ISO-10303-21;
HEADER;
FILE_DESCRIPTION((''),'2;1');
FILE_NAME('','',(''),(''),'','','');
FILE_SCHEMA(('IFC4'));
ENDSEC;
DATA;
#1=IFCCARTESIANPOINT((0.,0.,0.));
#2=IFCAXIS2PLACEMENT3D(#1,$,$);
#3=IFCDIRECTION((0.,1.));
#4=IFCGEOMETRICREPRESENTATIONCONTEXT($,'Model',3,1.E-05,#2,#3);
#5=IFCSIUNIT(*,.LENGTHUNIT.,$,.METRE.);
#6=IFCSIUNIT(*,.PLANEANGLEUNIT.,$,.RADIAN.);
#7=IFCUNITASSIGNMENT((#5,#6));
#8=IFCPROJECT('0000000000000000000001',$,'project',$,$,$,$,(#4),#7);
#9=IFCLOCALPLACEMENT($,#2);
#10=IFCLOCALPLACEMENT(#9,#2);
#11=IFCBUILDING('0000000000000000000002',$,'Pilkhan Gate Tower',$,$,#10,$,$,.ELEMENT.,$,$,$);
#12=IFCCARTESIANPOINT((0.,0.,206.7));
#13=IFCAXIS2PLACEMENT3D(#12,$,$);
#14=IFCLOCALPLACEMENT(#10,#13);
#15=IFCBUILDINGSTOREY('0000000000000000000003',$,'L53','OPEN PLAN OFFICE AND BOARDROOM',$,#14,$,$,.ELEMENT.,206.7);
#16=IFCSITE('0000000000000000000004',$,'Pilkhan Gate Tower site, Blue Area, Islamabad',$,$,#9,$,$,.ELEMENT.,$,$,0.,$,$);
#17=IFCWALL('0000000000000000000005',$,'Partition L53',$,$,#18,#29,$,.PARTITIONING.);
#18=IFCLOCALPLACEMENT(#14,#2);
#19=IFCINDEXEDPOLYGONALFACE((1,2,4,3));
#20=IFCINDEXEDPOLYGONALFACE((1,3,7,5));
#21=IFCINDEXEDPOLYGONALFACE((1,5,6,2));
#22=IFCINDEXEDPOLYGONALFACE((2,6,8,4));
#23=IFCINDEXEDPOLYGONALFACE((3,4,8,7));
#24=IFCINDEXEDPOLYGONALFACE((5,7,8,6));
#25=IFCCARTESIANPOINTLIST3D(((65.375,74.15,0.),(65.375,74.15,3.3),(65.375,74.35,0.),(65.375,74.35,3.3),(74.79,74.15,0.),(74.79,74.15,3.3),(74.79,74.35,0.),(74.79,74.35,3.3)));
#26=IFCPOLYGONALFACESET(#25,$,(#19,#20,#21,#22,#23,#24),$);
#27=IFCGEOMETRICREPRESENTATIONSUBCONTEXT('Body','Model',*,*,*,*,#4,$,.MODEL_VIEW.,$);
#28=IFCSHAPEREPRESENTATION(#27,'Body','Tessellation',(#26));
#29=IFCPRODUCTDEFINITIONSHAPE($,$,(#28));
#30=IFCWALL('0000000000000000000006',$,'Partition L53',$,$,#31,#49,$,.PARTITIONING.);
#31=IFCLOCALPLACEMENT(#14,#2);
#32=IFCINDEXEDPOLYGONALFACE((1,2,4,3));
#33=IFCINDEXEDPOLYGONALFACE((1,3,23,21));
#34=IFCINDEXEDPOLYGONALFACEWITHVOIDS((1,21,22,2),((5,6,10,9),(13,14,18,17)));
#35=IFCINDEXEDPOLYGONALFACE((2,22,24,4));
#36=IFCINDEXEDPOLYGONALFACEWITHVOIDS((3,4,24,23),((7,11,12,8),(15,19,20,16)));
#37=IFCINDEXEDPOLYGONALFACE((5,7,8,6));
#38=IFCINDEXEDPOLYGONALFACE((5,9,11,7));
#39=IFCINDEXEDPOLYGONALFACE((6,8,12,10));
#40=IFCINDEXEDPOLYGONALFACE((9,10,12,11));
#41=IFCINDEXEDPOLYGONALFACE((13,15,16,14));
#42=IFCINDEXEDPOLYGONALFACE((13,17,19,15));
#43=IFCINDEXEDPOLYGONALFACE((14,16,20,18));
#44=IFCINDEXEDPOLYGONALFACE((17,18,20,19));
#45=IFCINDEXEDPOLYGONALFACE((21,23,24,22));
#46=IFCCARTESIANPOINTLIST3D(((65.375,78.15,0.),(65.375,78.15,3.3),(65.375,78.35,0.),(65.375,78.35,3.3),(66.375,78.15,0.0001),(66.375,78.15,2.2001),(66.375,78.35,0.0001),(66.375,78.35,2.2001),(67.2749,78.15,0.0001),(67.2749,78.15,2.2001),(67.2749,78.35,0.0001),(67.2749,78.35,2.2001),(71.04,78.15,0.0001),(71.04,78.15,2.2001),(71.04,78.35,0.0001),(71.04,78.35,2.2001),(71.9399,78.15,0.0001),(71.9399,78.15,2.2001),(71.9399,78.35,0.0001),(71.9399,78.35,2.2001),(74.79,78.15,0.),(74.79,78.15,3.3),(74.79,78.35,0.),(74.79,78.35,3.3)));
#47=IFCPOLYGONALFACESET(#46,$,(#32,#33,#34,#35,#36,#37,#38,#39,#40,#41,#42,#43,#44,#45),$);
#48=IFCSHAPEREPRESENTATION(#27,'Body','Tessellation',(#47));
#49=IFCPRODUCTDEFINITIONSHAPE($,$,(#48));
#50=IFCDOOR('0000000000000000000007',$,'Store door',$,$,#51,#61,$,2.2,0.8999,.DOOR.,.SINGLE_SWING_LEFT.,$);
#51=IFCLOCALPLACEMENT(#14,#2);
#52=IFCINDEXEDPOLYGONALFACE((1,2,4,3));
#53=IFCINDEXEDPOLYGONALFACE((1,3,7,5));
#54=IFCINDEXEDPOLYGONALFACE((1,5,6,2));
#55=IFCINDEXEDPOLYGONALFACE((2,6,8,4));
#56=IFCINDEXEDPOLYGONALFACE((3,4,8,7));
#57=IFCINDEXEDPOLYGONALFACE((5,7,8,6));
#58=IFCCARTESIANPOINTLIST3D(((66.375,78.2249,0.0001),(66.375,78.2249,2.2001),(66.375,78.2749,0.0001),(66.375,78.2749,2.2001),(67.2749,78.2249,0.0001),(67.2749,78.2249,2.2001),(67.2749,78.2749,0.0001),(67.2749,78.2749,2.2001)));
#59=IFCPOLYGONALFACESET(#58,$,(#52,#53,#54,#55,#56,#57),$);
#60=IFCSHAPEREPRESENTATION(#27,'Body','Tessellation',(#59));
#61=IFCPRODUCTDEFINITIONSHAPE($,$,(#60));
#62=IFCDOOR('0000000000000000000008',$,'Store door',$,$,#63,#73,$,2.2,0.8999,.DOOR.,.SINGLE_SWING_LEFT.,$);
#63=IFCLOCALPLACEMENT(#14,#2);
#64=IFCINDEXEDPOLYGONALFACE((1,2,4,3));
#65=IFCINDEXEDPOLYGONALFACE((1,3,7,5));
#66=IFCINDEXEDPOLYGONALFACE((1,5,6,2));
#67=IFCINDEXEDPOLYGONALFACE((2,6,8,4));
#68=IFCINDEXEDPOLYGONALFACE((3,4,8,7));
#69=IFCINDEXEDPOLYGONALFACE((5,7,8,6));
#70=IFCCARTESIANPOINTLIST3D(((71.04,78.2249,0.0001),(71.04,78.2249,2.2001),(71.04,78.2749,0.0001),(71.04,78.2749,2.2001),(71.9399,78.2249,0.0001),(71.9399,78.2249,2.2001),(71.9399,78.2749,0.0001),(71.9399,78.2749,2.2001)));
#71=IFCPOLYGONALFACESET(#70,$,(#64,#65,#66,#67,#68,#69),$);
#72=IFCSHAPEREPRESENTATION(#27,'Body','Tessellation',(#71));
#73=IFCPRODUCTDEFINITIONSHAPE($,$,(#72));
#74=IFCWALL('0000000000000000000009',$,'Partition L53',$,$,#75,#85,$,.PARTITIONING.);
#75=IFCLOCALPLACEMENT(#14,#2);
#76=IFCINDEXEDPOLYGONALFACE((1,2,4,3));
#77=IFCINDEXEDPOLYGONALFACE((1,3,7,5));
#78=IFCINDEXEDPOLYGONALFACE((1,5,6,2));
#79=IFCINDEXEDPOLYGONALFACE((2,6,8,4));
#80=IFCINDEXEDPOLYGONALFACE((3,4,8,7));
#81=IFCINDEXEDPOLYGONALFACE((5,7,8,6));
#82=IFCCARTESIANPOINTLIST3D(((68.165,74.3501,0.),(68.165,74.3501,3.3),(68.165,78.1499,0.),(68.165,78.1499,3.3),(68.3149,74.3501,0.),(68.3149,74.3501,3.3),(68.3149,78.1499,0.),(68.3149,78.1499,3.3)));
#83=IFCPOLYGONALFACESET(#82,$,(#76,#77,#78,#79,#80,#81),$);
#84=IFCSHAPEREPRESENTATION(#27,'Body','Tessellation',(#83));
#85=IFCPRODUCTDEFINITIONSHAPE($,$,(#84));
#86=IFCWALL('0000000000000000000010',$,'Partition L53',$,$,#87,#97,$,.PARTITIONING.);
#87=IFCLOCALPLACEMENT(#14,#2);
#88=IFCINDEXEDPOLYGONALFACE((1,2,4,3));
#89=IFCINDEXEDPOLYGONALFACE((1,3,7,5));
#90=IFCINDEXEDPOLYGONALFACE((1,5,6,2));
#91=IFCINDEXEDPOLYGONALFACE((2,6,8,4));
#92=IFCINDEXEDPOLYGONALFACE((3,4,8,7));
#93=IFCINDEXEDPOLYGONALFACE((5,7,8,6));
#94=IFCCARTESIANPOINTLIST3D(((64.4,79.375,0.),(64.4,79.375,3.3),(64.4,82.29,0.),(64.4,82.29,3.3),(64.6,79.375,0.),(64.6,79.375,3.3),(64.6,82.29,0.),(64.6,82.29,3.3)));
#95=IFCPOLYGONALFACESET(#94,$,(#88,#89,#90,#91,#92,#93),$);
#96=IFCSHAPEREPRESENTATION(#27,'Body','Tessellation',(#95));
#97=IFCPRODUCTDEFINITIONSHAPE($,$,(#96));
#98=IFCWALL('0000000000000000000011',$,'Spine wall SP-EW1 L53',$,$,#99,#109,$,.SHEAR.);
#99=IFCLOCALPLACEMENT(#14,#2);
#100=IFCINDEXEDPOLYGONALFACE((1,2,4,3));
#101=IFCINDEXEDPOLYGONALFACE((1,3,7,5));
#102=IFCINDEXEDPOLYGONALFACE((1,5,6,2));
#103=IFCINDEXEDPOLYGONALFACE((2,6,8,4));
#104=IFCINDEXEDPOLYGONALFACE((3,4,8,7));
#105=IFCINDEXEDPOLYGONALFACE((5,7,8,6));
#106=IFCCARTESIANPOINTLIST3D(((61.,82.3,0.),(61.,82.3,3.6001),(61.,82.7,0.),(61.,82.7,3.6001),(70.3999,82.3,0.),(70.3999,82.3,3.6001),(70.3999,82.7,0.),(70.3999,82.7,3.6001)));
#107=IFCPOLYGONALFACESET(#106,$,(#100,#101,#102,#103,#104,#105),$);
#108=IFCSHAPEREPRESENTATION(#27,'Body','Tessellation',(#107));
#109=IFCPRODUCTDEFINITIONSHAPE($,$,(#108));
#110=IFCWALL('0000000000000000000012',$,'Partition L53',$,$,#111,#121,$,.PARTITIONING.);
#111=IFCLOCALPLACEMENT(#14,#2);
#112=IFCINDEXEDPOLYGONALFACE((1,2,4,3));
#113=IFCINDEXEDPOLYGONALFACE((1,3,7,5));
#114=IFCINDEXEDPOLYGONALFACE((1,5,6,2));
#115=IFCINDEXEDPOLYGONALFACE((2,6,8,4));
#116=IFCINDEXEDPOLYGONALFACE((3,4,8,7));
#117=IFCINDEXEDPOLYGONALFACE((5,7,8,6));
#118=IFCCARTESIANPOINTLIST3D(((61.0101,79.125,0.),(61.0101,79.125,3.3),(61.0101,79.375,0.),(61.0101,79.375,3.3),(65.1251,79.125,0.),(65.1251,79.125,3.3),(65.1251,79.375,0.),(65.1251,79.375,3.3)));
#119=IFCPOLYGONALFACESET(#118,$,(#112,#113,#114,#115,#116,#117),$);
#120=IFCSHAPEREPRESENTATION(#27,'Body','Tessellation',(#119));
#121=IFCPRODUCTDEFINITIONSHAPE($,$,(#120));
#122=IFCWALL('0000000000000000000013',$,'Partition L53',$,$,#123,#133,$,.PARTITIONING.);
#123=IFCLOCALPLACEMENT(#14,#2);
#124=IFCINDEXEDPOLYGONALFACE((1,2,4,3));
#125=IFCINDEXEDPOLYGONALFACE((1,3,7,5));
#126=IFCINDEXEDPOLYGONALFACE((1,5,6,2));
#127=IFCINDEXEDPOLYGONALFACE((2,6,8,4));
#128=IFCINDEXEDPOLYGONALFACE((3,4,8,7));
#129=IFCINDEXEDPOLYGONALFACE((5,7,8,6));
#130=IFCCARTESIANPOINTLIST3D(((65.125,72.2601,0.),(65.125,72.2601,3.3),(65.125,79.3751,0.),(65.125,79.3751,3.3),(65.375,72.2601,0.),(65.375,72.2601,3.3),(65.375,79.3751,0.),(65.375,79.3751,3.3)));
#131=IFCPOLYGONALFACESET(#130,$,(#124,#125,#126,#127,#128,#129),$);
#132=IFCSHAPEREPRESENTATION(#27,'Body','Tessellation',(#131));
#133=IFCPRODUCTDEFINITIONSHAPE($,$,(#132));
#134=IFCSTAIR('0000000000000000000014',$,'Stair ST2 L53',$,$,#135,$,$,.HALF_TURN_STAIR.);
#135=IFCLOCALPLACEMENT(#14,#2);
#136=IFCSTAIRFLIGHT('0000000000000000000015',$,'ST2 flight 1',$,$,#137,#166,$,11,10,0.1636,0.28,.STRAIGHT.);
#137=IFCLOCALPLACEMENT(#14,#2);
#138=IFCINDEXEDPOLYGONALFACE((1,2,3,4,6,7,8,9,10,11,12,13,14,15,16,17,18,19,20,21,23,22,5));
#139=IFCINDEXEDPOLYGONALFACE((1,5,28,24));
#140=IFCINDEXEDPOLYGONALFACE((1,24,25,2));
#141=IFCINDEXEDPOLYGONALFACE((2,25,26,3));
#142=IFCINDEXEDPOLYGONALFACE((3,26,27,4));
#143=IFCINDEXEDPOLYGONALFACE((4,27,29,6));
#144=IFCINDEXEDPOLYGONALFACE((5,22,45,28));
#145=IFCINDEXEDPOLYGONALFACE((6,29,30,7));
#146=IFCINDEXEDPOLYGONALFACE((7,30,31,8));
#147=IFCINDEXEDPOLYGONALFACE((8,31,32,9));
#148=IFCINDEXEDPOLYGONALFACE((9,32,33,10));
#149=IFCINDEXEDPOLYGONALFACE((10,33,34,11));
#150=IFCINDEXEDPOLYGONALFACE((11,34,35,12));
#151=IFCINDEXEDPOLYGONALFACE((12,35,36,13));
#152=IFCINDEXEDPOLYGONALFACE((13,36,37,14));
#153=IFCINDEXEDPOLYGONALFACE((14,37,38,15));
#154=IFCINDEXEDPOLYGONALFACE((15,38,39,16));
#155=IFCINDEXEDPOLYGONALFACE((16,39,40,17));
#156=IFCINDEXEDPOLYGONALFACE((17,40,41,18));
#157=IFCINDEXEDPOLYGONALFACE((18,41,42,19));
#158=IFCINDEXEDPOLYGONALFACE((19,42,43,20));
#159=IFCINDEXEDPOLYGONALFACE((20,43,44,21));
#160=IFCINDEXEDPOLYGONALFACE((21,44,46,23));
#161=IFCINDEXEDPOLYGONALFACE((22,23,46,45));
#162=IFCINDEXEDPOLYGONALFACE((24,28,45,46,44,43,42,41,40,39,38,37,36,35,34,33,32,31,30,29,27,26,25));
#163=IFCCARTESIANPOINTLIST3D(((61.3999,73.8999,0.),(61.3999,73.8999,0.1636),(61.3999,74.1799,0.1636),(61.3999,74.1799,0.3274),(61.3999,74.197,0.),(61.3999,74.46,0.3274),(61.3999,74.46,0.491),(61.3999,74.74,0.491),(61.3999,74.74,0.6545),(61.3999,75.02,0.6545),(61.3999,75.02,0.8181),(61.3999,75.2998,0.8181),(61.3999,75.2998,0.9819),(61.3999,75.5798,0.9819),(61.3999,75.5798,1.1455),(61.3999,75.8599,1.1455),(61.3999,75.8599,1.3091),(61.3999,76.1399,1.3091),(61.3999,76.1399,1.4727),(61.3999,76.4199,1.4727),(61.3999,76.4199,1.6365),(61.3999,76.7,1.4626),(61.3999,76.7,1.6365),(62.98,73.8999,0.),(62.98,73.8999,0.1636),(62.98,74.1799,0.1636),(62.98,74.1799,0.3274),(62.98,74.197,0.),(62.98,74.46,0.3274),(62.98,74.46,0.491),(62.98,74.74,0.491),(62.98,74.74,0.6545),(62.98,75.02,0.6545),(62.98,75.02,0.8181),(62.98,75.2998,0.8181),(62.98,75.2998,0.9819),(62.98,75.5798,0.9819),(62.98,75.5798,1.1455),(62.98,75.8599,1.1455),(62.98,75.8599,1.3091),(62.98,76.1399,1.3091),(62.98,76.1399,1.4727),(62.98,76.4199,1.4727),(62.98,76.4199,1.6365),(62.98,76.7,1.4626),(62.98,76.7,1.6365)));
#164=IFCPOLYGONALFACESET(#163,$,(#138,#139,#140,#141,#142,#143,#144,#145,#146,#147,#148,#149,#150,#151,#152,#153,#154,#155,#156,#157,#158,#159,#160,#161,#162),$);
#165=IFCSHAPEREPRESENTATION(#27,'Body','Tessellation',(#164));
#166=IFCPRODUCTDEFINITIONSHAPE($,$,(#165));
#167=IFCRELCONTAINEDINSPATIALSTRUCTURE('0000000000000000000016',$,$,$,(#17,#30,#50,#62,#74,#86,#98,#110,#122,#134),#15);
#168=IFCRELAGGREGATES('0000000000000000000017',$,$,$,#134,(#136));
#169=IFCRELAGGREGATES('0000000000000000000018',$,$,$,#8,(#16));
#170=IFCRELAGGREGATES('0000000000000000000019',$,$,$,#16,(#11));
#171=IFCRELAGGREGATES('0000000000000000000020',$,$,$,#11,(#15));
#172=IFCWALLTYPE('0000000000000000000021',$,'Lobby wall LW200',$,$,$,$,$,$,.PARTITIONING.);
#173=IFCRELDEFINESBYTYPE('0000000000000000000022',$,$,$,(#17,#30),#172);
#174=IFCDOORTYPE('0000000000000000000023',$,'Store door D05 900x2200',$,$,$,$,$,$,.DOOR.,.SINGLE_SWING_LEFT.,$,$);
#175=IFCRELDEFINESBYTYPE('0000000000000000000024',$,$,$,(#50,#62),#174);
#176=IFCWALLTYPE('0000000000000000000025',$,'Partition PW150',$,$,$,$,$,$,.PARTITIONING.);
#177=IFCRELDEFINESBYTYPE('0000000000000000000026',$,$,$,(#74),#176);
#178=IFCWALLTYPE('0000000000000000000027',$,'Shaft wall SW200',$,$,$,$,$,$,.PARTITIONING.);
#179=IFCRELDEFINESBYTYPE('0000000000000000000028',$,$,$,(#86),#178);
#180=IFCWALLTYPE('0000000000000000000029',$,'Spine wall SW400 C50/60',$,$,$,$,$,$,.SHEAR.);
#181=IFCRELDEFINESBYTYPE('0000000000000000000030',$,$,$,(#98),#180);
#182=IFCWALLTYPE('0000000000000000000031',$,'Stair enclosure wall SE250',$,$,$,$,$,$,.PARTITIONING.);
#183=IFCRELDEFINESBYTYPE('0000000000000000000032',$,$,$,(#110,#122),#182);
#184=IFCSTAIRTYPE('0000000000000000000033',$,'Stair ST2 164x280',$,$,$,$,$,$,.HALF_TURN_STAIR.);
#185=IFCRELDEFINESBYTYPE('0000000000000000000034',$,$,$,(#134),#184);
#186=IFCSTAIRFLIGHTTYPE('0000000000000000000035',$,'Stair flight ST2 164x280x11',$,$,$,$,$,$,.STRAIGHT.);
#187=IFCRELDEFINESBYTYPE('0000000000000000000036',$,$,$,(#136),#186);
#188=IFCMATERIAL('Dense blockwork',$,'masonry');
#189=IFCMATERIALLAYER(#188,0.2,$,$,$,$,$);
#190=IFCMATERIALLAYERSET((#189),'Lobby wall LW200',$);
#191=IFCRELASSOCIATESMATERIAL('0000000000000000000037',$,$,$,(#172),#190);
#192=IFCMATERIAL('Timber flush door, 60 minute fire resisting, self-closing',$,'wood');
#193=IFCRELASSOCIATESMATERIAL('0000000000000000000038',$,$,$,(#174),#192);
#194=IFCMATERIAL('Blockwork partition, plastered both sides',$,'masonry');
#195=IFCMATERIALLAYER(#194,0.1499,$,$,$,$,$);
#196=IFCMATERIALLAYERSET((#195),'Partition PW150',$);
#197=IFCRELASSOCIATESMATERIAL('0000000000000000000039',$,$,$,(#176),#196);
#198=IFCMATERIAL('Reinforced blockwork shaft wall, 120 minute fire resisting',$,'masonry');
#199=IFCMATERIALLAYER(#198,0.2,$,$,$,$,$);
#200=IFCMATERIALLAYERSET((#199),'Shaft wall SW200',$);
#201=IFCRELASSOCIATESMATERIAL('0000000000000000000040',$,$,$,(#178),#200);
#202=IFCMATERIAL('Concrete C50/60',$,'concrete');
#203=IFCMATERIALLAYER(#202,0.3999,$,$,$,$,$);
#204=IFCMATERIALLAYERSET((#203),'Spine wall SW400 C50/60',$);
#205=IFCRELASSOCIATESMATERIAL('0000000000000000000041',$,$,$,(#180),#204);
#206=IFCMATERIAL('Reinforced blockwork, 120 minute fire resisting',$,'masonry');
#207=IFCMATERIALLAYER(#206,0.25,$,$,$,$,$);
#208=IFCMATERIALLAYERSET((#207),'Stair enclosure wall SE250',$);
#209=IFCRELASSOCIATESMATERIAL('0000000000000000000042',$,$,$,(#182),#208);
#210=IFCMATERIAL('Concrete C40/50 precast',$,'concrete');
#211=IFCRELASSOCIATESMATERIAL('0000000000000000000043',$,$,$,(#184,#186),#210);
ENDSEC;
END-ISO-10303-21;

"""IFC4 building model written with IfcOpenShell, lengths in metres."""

from ifc_helpers import new_model, si_unit, direction, frame, frame_2d, origin, place, context, subcontext, project, spatial, polyline, rectangle, outline, extrude, material, layer, layer_set, type_object, element, fill, aggregate, save


model = new_model("IFC4")

# Units and contexts
model_context = context("Model", 3, precision=1e-05, world=origin(), true_north=direction((0.0, 1.0)))
body_context = subcontext(model_context, "Body", "Model", "MODEL_VIEW")
ifc_project = project(units=[si_unit("LENGTHUNIT", "METRE"), si_unit("PLANEANGLEUNIT", "RADIAN")], contexts=[model_context])

# Site, building, storey
site_placement = place(None, origin())
site = spatial("IfcSite", under=ifc_project, at=site_placement, Name="Pilkhan Gate Tower site, Blue Area, Islamabad", CompositionType="ELEMENT", RefElevation=0.0)
building_placement = place(site_placement, origin())
building = spatial("IfcBuilding", under=site, at=building_placement, Name="Pilkhan Gate Tower", CompositionType="ELEMENT")
storey_placement = place(building_placement, frame((0.0, 0.0, 206.7)))
storey = spatial("IfcBuildingStorey", under=building, at=storey_placement, Name="L53", Description="OPEN PLAN OFFICE AND BOARDROOM", CompositionType="ELEMENT", Elevation=206.7)

# Wall
ifc_material_1 = material(Name="Dense blockwork", Category="masonry")
ifc_layer_1 = layer(ifc_material_1, 0.2)
ifc_layer_set_1 = layer_set([ifc_layer_1], Name="Lobby wall LW200")
wall_type_1 = type_object("IfcWallType", Name="Lobby wall LW200", PredefinedType="PARTITIONING", material=ifc_layer_set_1)
wall_1_placement = place(storey_placement, frame((65.375, 74.25, 0.0), z_axis=(0.0, 0.0, 1.0), x_axis=(1.0, 0.0, 0.0)))
element("IfcWall", 1, at=wall_1_placement, inside=storey, type_object=wall_type_1, Name="Partition L53", PredefinedType="PARTITIONING", context=body_context, shape_type="SweptSolid", body=[
    extrude(rectangle(XDim=9.415, YDim=0.2, at=frame_2d((4.7075, 0.0))), origin(), (0.0, 0.0, 1.0), 3.3),
])

# Wall, openings, doors
wall_2_placement = place(storey_placement, frame((65.375, 78.25, 0.0), z_axis=(0.0, 0.0, 1.0), x_axis=(1.0, 0.0, 0.0)))
wall_2 = element("IfcWall", 2, at=wall_2_placement, inside=storey, type_object=wall_type_1, Name="Partition L53", PredefinedType="PARTITIONING", context=body_context, shape_type="SweptSolid", body=[
    extrude(rectangle(XDim=9.415, YDim=0.2, at=frame_2d((4.7075, 0.0))), origin(), (0.0, 0.0, 1.0), 3.3),
])
opening_1_placement = place(wall_2_placement, frame((1.0, 0.0, 0.0)))
opening_1 = element("IfcOpeningElement", 3, at=opening_1_placement, cuts=wall_2, PredefinedType="OPENING", context=body_context, shape_type="SweptSolid", body=[
    extrude(rectangle(XDim=0.8999, YDim=2.2, at=frame_2d((0.45, 1.1001))), frame((0.0, 0.1099, 0.0), z_axis=(0.0, -1.0, 0.0), x_axis=(1.0, 0.0, 0.0)), (0.0, 0.0, 1.0), 0.22),
])
opening_2_placement = place(wall_2_placement, frame((5.665, 0.0, 0.0)))
opening_2 = element("IfcOpeningElement", 4, at=opening_2_placement, cuts=wall_2, PredefinedType="OPENING", context=body_context, shape_type="SweptSolid", body=[
    extrude(rectangle(XDim=0.8999, YDim=2.2, at=frame_2d((0.45, 1.1001))), frame((0.0, 0.1099, 0.0), z_axis=(0.0, -1.0, 0.0), x_axis=(1.0, 0.0, 0.0)), (0.0, 0.0, 1.0), 0.22),
])
ifc_material_2 = material(Name="Timber flush door, 60 minute fire resisting, self-closing", Category="wood")
door_type = type_object("IfcDoorType", Name="Store door D05 900x2200", OperationType="SINGLE_SWING_LEFT", PredefinedType="DOOR", material=ifc_material_2)
door_1_placement = place(opening_1_placement, origin())
door_1 = element("IfcDoor", 5, at=door_1_placement, inside=storey, type_object=door_type, Name="Store door", OperationType="SINGLE_SWING_LEFT", OverallHeight=2.2, OverallWidth=0.8999, PredefinedType="DOOR", context=body_context, shape_type="SweptSolid", body=[
    extrude(rectangle(XDim=0.8999, YDim=2.2, at=frame_2d((0.45, 1.1001))), frame((0.0, 0.0249, 0.0), z_axis=(0.0, -1.0, 0.0), x_axis=(1.0, 0.0, 0.0)), (0.0, 0.0, 1.0), 0.05),
])
fill(opening_1, door_1)
door_2_placement = place(opening_2_placement, origin())
door_2 = element("IfcDoor", 6, at=door_2_placement, inside=storey, type_object=door_type, Name="Store door", OperationType="SINGLE_SWING_LEFT", OverallHeight=2.2, OverallWidth=0.8999, PredefinedType="DOOR", context=body_context, shape_type="SweptSolid", body=[
    extrude(rectangle(XDim=0.8999, YDim=2.2, at=frame_2d((0.45, 1.1001))), frame((0.0, 0.0249, 0.0), z_axis=(0.0, -1.0, 0.0), x_axis=(1.0, 0.0, 0.0)), (0.0, 0.0, 1.0), 0.05),
])
fill(opening_2, door_2)

# Walls
ifc_material_3 = material(Name="Blockwork partition, plastered both sides", Category="masonry")
ifc_layer_2 = layer(ifc_material_3, 0.1499)
ifc_layer_set_2 = layer_set([ifc_layer_2], Name="Partition PW150")
wall_type_2 = type_object("IfcWallType", Name="Partition PW150", PredefinedType="PARTITIONING", material=ifc_layer_set_2)
wall_3_placement = place(storey_placement, frame((68.24, 74.3501, 0.0), z_axis=(0.0, 0.0, 1.0), x_axis=(0.0, 1.0, 0.0)))
element("IfcWall", 7, at=wall_3_placement, inside=storey, type_object=wall_type_2, Name="Partition L53", PredefinedType="PARTITIONING", context=body_context, shape_type="SweptSolid", body=[
    extrude(rectangle(XDim=3.7998, YDim=0.1499, at=frame_2d((1.8999, 0.0))), origin(), (0.0, 0.0, 1.0), 3.3),
])
ifc_material_4 = material(Name="Reinforced blockwork shaft wall, 120 minute fire resisting", Category="masonry")
ifc_layer_3 = layer(ifc_material_4, 0.2)
ifc_layer_set_3 = layer_set([ifc_layer_3], Name="Shaft wall SW200")
wall_type_3 = type_object("IfcWallType", Name="Shaft wall SW200", PredefinedType="PARTITIONING", material=ifc_layer_set_3)
wall_4_placement = place(storey_placement, frame((64.5, 79.375, 0.0), z_axis=(0.0, 0.0, 1.0), x_axis=(0.0, 1.0, 0.0)))
element("IfcWall", 8, at=wall_4_placement, inside=storey, type_object=wall_type_3, Name="Partition L53", PredefinedType="PARTITIONING", context=body_context, shape_type="SweptSolid", body=[
    extrude(rectangle(XDim=2.915, YDim=0.2, at=frame_2d((1.4575, 0.0))), origin(), (0.0, 0.0, 1.0), 3.3),
])
ifc_material_5 = material(Name="Concrete C50/60", Category="concrete")
ifc_layer_4 = layer(ifc_material_5, 0.3999)
ifc_layer_set_4 = layer_set([ifc_layer_4], Name="Spine wall SW400 C50/60")
wall_type_4 = type_object("IfcWallType", Name="Spine wall SW400 C50/60", PredefinedType="SHEAR", material=ifc_layer_set_4)
wall_5_placement = place(storey_placement, frame((61.0, 82.5, 0.0), z_axis=(0.0, 0.0, 1.0), x_axis=(1.0, 0.0, 0.0)))
element("IfcWall", 9, at=wall_5_placement, inside=storey, type_object=wall_type_4, Name="Spine wall SP-EW1 L53", PredefinedType="SHEAR", context=body_context, shape_type="SweptSolid", body=[
    extrude(rectangle(XDim=9.3999, YDim=0.3999, at=frame_2d((4.7, 0.0))), origin(), (0.0, 0.0, 1.0), 3.6001),
])
ifc_material_6 = material(Name="Reinforced blockwork, 120 minute fire resisting", Category="masonry")
ifc_layer_5 = layer(ifc_material_6, 0.25)
ifc_layer_set_5 = layer_set([ifc_layer_5], Name="Stair enclosure wall SE250")
wall_type_5 = type_object("IfcWallType", Name="Stair enclosure wall SE250", PredefinedType="PARTITIONING", material=ifc_layer_set_5)
wall_6_placement = place(storey_placement, frame((61.01, 79.25, 0.0), z_axis=(0.0, 0.0, 1.0), x_axis=(1.0, 0.0, 0.0)))
element("IfcWall", 10, at=wall_6_placement, inside=storey, type_object=wall_type_5, Name="Partition L53", PredefinedType="PARTITIONING", context=body_context, shape_type="SweptSolid", body=[
    extrude(rectangle(XDim=4.115, YDim=0.25, at=frame_2d((2.0576, 0.0))), origin(), (0.0, 0.0, 1.0), 3.3),
])
wall_7_placement = place(storey_placement, frame((65.25, 72.26, 0.0), z_axis=(0.0, 0.0, 1.0), x_axis=(0.0, 1.0, 0.0)))
element("IfcWall", 11, at=wall_7_placement, inside=storey, type_object=wall_type_5, Name="Partition L53", PredefinedType="PARTITIONING", context=body_context, shape_type="SweptSolid", body=[
    extrude(rectangle(XDim=7.115, YDim=0.25, at=frame_2d((3.5576, 0.0))), origin(), (0.0, 0.0, 1.0), 3.3),
])

# Stair, stair flight
ifc_material_7 = material(Name="Concrete C40/50 precast", Category="concrete")
stair_type = type_object("IfcStairType", Name="Stair ST2 164x280", PredefinedType="HALF_TURN_STAIR", material=ifc_material_7)
stair_placement = place(storey_placement, origin())
stair = element("IfcStair", 12, at=stair_placement, inside=storey, type_object=stair_type, Name="Stair ST2 L53", PredefinedType="HALF_TURN_STAIR")
stair_flight_type = type_object("IfcStairFlightType", Name="Stair flight ST2 164x280x11", PredefinedType="STRAIGHT", material=ifc_material_7)
stair_flight_1_placement = place(storey_placement, frame((62.1899, 73.8999, 0.0), z_axis=(0.0, 0.0, 1.0), x_axis=(0.0, 1.0, 0.0)))
stair_flight_1 = element("IfcStairFlight", 13, at=stair_flight_1_placement, type_object=stair_flight_type, Name="ST2 flight 1", NumberOfRisers=11, NumberOfTreads=10, PredefinedType="STRAIGHT", RiserHeight=0.1636, TreadLength=0.28, context=body_context, shape_type="SweptSolid", body=[
    extrude(outline(polyline([(0.0, 0.0), (0.0, 0.1636), (0.28, 0.1636), (0.28, 0.3274), (0.5601, 0.3274), (0.5601, 0.491), (0.8401, 0.491), (0.8401, 0.6545), (1.1201, 0.6545), (1.1201, 0.8181), (1.3999, 0.8181), (1.3999, 0.9819), (1.6799, 0.9819), (1.6799, 1.1455), (1.96, 1.1455), (1.96, 1.3091), (2.24, 1.3091), (2.24, 1.4727), (2.52, 1.4727), (2.52, 1.6365), (2.8, 1.6365), (2.8, 1.8), (2.8, 1.4626), (0.2971, 0.0), (0.0, 0.0)])), frame((0.0, 0.79, 0.0), z_axis=(0.0, -1.0, 0.0), x_axis=(1.0, 0.0, 0.0)), (0.0, 0.0, 1.0), 1.5801),
])
aggregate(stair, [stair_flight_1])

save(model, "model.ifc")
